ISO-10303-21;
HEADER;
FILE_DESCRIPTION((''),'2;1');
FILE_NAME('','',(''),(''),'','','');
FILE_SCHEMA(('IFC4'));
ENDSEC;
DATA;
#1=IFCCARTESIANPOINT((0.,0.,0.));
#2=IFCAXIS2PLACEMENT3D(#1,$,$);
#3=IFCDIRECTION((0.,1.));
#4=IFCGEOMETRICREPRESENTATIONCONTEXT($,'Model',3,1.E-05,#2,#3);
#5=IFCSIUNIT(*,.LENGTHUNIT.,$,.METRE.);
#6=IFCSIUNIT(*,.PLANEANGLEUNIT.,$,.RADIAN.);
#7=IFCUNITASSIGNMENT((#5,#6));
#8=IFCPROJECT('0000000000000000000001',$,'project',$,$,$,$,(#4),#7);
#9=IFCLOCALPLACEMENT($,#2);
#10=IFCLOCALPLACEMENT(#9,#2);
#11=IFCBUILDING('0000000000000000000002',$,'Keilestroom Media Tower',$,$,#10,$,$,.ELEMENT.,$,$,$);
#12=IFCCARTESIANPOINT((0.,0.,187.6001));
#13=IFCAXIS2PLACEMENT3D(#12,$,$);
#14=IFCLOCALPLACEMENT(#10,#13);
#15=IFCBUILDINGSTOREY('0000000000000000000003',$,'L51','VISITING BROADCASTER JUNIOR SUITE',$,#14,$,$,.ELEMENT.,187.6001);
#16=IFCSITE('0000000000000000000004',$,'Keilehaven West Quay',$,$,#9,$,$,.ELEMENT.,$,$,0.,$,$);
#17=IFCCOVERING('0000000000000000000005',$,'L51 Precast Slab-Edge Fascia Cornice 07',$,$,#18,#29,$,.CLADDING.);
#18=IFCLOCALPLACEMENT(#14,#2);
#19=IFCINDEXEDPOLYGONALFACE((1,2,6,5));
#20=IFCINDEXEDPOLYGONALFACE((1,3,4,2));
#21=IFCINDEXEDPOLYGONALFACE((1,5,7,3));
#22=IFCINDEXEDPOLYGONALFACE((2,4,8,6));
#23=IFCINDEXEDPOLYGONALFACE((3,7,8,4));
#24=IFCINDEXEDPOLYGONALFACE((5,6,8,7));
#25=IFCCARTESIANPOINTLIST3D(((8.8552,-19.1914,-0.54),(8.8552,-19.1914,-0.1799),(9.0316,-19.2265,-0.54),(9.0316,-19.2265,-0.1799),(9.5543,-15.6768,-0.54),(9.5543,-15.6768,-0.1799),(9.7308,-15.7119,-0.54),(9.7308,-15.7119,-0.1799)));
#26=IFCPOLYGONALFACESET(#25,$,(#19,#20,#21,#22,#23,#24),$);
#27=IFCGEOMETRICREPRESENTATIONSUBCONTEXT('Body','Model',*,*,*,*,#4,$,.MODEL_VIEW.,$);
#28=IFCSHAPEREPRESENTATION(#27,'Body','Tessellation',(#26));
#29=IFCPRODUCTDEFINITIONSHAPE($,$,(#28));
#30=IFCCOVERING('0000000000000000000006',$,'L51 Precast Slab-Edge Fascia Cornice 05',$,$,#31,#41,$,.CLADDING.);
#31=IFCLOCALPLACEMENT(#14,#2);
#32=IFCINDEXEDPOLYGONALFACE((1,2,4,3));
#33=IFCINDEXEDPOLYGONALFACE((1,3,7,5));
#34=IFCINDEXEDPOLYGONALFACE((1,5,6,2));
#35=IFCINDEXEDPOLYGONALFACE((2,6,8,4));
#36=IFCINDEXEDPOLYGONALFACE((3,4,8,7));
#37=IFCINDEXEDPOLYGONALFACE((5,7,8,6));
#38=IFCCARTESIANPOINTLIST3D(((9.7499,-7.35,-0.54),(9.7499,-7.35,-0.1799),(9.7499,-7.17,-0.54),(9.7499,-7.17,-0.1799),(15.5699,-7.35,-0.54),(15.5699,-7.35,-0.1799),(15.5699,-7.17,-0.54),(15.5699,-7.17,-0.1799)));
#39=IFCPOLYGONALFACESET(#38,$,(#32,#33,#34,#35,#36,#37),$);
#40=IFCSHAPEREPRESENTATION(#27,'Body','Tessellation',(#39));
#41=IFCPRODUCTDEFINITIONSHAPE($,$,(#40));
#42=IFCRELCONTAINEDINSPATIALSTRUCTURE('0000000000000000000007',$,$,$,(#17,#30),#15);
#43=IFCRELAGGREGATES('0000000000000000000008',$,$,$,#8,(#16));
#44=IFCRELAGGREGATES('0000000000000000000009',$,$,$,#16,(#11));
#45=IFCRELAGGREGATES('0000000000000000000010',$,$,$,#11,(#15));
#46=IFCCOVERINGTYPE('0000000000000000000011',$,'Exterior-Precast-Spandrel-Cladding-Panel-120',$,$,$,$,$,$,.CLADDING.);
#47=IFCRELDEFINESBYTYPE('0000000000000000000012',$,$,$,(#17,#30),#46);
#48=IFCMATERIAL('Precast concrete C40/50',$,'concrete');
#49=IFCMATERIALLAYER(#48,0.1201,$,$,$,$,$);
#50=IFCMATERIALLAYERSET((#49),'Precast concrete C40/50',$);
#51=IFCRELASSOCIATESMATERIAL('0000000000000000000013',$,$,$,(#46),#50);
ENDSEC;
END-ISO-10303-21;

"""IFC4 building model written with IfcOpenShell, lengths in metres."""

from ifc_helpers import new_model, si_unit, direction, frame, origin, origin_2d, place, context, subcontext, project, spatial, rectangle, extrude, source, transform, mapped, material, layer, layer_set, type_object, element, save


model = new_model("IFC4")

# Units and contexts
model_context = context("Model", 3, precision=1e-05, world=origin(), true_north=direction((0.0, 1.0)))
body_context = subcontext(model_context, "Body", "Model", "MODEL_VIEW")
ifc_project = project(units=[si_unit("LENGTHUNIT", "METRE"), si_unit("PLANEANGLEUNIT", "RADIAN")], contexts=[model_context])

# Site, building, storey
site_placement = place(None, origin())
site = spatial("IfcSite", under=ifc_project, at=site_placement, Name="Keilehaven West Quay", CompositionType="ELEMENT", RefElevation=0.0)
building_placement = place(site_placement, origin())
building = spatial("IfcBuilding", under=site, at=building_placement, Name="Keilestroom Media Tower", CompositionType="ELEMENT")
storey_placement = place(building_placement, frame((0.0, 0.0, 187.6001)))
storey = spatial("IfcBuildingStorey", under=building, at=storey_placement, Name="L51", Description="VISITING BROADCASTER JUNIOR SUITE", CompositionType="ELEMENT", Elevation=187.6001)

# Shared definitions
ifc_material_1 = material(Name="Precast concrete C40/50", Category="concrete")

# Coverings
ifc_layer_1 = layer(ifc_material_1, 0.1201)
ifc_layer_set_1 = layer_set([ifc_layer_1], Name="Precast concrete C40/50")
covering_type = type_object("IfcCoveringType", Name="Exterior-Precast-Spandrel-Cladding-Panel-120", PredefinedType="CLADDING", material=ifc_layer_set_1)
shared_shape_1 = source(origin(), body_context, "Body", "SweptSolid", [
    extrude(rectangle(XDim=3.5835, YDim=0.1799, at=origin_2d()), origin(), (0.0, 0.0, 1.0), 0.3601),
])
covering_1_placement = place(storey_placement, frame((9.293, -17.4517, -0.54), z_axis=(0.0, 0.0, 1.0), x_axis=(-0.195099, -0.980784, 0.0)))
element("IfcCovering", 1, at=covering_1_placement, inside=storey, type_object=covering_type, Name="L51 Precast Slab-Edge Fascia Cornice 07", PredefinedType="CLADDING", context=body_context, shape_type="MappedRepresentation", body=[
    mapped(shared_shape_1, transform((0.0, 0.0, 0.0), x_axis=(1.0, 0.0, 0.0), y_axis=(0.0, 1.0, 0.0), z_axis=(0.0, 0.0, 1.0), scale=1.0)),
])
shared_shape_2 = source(origin(), body_context, "Body", "SweptSolid", [
    extrude(rectangle(XDim=5.8201, YDim=0.1799, at=origin_2d()), origin(), (0.0, 0.0, 1.0), 0.3601),
])
covering_2_placement = place(storey_placement, frame((12.6599, -7.26, -0.54), z_axis=(0.0, 0.0, 1.0), x_axis=(-1.0, 0.0, 0.0)))
element("IfcCovering", 2, at=covering_2_placement, inside=storey, type_object=covering_type, Name="L51 Precast Slab-Edge Fascia Cornice 05", PredefinedType="CLADDING", context=body_context, shape_type="MappedRepresentation", body=[
    mapped(shared_shape_2, transform((0.0, 0.0, 0.0), x_axis=(1.0, 0.0, 0.0), y_axis=(0.0, 1.0, 0.0), z_axis=(0.0, 0.0, 1.0), scale=1.0)),
])

save(model, "model.ifc")
